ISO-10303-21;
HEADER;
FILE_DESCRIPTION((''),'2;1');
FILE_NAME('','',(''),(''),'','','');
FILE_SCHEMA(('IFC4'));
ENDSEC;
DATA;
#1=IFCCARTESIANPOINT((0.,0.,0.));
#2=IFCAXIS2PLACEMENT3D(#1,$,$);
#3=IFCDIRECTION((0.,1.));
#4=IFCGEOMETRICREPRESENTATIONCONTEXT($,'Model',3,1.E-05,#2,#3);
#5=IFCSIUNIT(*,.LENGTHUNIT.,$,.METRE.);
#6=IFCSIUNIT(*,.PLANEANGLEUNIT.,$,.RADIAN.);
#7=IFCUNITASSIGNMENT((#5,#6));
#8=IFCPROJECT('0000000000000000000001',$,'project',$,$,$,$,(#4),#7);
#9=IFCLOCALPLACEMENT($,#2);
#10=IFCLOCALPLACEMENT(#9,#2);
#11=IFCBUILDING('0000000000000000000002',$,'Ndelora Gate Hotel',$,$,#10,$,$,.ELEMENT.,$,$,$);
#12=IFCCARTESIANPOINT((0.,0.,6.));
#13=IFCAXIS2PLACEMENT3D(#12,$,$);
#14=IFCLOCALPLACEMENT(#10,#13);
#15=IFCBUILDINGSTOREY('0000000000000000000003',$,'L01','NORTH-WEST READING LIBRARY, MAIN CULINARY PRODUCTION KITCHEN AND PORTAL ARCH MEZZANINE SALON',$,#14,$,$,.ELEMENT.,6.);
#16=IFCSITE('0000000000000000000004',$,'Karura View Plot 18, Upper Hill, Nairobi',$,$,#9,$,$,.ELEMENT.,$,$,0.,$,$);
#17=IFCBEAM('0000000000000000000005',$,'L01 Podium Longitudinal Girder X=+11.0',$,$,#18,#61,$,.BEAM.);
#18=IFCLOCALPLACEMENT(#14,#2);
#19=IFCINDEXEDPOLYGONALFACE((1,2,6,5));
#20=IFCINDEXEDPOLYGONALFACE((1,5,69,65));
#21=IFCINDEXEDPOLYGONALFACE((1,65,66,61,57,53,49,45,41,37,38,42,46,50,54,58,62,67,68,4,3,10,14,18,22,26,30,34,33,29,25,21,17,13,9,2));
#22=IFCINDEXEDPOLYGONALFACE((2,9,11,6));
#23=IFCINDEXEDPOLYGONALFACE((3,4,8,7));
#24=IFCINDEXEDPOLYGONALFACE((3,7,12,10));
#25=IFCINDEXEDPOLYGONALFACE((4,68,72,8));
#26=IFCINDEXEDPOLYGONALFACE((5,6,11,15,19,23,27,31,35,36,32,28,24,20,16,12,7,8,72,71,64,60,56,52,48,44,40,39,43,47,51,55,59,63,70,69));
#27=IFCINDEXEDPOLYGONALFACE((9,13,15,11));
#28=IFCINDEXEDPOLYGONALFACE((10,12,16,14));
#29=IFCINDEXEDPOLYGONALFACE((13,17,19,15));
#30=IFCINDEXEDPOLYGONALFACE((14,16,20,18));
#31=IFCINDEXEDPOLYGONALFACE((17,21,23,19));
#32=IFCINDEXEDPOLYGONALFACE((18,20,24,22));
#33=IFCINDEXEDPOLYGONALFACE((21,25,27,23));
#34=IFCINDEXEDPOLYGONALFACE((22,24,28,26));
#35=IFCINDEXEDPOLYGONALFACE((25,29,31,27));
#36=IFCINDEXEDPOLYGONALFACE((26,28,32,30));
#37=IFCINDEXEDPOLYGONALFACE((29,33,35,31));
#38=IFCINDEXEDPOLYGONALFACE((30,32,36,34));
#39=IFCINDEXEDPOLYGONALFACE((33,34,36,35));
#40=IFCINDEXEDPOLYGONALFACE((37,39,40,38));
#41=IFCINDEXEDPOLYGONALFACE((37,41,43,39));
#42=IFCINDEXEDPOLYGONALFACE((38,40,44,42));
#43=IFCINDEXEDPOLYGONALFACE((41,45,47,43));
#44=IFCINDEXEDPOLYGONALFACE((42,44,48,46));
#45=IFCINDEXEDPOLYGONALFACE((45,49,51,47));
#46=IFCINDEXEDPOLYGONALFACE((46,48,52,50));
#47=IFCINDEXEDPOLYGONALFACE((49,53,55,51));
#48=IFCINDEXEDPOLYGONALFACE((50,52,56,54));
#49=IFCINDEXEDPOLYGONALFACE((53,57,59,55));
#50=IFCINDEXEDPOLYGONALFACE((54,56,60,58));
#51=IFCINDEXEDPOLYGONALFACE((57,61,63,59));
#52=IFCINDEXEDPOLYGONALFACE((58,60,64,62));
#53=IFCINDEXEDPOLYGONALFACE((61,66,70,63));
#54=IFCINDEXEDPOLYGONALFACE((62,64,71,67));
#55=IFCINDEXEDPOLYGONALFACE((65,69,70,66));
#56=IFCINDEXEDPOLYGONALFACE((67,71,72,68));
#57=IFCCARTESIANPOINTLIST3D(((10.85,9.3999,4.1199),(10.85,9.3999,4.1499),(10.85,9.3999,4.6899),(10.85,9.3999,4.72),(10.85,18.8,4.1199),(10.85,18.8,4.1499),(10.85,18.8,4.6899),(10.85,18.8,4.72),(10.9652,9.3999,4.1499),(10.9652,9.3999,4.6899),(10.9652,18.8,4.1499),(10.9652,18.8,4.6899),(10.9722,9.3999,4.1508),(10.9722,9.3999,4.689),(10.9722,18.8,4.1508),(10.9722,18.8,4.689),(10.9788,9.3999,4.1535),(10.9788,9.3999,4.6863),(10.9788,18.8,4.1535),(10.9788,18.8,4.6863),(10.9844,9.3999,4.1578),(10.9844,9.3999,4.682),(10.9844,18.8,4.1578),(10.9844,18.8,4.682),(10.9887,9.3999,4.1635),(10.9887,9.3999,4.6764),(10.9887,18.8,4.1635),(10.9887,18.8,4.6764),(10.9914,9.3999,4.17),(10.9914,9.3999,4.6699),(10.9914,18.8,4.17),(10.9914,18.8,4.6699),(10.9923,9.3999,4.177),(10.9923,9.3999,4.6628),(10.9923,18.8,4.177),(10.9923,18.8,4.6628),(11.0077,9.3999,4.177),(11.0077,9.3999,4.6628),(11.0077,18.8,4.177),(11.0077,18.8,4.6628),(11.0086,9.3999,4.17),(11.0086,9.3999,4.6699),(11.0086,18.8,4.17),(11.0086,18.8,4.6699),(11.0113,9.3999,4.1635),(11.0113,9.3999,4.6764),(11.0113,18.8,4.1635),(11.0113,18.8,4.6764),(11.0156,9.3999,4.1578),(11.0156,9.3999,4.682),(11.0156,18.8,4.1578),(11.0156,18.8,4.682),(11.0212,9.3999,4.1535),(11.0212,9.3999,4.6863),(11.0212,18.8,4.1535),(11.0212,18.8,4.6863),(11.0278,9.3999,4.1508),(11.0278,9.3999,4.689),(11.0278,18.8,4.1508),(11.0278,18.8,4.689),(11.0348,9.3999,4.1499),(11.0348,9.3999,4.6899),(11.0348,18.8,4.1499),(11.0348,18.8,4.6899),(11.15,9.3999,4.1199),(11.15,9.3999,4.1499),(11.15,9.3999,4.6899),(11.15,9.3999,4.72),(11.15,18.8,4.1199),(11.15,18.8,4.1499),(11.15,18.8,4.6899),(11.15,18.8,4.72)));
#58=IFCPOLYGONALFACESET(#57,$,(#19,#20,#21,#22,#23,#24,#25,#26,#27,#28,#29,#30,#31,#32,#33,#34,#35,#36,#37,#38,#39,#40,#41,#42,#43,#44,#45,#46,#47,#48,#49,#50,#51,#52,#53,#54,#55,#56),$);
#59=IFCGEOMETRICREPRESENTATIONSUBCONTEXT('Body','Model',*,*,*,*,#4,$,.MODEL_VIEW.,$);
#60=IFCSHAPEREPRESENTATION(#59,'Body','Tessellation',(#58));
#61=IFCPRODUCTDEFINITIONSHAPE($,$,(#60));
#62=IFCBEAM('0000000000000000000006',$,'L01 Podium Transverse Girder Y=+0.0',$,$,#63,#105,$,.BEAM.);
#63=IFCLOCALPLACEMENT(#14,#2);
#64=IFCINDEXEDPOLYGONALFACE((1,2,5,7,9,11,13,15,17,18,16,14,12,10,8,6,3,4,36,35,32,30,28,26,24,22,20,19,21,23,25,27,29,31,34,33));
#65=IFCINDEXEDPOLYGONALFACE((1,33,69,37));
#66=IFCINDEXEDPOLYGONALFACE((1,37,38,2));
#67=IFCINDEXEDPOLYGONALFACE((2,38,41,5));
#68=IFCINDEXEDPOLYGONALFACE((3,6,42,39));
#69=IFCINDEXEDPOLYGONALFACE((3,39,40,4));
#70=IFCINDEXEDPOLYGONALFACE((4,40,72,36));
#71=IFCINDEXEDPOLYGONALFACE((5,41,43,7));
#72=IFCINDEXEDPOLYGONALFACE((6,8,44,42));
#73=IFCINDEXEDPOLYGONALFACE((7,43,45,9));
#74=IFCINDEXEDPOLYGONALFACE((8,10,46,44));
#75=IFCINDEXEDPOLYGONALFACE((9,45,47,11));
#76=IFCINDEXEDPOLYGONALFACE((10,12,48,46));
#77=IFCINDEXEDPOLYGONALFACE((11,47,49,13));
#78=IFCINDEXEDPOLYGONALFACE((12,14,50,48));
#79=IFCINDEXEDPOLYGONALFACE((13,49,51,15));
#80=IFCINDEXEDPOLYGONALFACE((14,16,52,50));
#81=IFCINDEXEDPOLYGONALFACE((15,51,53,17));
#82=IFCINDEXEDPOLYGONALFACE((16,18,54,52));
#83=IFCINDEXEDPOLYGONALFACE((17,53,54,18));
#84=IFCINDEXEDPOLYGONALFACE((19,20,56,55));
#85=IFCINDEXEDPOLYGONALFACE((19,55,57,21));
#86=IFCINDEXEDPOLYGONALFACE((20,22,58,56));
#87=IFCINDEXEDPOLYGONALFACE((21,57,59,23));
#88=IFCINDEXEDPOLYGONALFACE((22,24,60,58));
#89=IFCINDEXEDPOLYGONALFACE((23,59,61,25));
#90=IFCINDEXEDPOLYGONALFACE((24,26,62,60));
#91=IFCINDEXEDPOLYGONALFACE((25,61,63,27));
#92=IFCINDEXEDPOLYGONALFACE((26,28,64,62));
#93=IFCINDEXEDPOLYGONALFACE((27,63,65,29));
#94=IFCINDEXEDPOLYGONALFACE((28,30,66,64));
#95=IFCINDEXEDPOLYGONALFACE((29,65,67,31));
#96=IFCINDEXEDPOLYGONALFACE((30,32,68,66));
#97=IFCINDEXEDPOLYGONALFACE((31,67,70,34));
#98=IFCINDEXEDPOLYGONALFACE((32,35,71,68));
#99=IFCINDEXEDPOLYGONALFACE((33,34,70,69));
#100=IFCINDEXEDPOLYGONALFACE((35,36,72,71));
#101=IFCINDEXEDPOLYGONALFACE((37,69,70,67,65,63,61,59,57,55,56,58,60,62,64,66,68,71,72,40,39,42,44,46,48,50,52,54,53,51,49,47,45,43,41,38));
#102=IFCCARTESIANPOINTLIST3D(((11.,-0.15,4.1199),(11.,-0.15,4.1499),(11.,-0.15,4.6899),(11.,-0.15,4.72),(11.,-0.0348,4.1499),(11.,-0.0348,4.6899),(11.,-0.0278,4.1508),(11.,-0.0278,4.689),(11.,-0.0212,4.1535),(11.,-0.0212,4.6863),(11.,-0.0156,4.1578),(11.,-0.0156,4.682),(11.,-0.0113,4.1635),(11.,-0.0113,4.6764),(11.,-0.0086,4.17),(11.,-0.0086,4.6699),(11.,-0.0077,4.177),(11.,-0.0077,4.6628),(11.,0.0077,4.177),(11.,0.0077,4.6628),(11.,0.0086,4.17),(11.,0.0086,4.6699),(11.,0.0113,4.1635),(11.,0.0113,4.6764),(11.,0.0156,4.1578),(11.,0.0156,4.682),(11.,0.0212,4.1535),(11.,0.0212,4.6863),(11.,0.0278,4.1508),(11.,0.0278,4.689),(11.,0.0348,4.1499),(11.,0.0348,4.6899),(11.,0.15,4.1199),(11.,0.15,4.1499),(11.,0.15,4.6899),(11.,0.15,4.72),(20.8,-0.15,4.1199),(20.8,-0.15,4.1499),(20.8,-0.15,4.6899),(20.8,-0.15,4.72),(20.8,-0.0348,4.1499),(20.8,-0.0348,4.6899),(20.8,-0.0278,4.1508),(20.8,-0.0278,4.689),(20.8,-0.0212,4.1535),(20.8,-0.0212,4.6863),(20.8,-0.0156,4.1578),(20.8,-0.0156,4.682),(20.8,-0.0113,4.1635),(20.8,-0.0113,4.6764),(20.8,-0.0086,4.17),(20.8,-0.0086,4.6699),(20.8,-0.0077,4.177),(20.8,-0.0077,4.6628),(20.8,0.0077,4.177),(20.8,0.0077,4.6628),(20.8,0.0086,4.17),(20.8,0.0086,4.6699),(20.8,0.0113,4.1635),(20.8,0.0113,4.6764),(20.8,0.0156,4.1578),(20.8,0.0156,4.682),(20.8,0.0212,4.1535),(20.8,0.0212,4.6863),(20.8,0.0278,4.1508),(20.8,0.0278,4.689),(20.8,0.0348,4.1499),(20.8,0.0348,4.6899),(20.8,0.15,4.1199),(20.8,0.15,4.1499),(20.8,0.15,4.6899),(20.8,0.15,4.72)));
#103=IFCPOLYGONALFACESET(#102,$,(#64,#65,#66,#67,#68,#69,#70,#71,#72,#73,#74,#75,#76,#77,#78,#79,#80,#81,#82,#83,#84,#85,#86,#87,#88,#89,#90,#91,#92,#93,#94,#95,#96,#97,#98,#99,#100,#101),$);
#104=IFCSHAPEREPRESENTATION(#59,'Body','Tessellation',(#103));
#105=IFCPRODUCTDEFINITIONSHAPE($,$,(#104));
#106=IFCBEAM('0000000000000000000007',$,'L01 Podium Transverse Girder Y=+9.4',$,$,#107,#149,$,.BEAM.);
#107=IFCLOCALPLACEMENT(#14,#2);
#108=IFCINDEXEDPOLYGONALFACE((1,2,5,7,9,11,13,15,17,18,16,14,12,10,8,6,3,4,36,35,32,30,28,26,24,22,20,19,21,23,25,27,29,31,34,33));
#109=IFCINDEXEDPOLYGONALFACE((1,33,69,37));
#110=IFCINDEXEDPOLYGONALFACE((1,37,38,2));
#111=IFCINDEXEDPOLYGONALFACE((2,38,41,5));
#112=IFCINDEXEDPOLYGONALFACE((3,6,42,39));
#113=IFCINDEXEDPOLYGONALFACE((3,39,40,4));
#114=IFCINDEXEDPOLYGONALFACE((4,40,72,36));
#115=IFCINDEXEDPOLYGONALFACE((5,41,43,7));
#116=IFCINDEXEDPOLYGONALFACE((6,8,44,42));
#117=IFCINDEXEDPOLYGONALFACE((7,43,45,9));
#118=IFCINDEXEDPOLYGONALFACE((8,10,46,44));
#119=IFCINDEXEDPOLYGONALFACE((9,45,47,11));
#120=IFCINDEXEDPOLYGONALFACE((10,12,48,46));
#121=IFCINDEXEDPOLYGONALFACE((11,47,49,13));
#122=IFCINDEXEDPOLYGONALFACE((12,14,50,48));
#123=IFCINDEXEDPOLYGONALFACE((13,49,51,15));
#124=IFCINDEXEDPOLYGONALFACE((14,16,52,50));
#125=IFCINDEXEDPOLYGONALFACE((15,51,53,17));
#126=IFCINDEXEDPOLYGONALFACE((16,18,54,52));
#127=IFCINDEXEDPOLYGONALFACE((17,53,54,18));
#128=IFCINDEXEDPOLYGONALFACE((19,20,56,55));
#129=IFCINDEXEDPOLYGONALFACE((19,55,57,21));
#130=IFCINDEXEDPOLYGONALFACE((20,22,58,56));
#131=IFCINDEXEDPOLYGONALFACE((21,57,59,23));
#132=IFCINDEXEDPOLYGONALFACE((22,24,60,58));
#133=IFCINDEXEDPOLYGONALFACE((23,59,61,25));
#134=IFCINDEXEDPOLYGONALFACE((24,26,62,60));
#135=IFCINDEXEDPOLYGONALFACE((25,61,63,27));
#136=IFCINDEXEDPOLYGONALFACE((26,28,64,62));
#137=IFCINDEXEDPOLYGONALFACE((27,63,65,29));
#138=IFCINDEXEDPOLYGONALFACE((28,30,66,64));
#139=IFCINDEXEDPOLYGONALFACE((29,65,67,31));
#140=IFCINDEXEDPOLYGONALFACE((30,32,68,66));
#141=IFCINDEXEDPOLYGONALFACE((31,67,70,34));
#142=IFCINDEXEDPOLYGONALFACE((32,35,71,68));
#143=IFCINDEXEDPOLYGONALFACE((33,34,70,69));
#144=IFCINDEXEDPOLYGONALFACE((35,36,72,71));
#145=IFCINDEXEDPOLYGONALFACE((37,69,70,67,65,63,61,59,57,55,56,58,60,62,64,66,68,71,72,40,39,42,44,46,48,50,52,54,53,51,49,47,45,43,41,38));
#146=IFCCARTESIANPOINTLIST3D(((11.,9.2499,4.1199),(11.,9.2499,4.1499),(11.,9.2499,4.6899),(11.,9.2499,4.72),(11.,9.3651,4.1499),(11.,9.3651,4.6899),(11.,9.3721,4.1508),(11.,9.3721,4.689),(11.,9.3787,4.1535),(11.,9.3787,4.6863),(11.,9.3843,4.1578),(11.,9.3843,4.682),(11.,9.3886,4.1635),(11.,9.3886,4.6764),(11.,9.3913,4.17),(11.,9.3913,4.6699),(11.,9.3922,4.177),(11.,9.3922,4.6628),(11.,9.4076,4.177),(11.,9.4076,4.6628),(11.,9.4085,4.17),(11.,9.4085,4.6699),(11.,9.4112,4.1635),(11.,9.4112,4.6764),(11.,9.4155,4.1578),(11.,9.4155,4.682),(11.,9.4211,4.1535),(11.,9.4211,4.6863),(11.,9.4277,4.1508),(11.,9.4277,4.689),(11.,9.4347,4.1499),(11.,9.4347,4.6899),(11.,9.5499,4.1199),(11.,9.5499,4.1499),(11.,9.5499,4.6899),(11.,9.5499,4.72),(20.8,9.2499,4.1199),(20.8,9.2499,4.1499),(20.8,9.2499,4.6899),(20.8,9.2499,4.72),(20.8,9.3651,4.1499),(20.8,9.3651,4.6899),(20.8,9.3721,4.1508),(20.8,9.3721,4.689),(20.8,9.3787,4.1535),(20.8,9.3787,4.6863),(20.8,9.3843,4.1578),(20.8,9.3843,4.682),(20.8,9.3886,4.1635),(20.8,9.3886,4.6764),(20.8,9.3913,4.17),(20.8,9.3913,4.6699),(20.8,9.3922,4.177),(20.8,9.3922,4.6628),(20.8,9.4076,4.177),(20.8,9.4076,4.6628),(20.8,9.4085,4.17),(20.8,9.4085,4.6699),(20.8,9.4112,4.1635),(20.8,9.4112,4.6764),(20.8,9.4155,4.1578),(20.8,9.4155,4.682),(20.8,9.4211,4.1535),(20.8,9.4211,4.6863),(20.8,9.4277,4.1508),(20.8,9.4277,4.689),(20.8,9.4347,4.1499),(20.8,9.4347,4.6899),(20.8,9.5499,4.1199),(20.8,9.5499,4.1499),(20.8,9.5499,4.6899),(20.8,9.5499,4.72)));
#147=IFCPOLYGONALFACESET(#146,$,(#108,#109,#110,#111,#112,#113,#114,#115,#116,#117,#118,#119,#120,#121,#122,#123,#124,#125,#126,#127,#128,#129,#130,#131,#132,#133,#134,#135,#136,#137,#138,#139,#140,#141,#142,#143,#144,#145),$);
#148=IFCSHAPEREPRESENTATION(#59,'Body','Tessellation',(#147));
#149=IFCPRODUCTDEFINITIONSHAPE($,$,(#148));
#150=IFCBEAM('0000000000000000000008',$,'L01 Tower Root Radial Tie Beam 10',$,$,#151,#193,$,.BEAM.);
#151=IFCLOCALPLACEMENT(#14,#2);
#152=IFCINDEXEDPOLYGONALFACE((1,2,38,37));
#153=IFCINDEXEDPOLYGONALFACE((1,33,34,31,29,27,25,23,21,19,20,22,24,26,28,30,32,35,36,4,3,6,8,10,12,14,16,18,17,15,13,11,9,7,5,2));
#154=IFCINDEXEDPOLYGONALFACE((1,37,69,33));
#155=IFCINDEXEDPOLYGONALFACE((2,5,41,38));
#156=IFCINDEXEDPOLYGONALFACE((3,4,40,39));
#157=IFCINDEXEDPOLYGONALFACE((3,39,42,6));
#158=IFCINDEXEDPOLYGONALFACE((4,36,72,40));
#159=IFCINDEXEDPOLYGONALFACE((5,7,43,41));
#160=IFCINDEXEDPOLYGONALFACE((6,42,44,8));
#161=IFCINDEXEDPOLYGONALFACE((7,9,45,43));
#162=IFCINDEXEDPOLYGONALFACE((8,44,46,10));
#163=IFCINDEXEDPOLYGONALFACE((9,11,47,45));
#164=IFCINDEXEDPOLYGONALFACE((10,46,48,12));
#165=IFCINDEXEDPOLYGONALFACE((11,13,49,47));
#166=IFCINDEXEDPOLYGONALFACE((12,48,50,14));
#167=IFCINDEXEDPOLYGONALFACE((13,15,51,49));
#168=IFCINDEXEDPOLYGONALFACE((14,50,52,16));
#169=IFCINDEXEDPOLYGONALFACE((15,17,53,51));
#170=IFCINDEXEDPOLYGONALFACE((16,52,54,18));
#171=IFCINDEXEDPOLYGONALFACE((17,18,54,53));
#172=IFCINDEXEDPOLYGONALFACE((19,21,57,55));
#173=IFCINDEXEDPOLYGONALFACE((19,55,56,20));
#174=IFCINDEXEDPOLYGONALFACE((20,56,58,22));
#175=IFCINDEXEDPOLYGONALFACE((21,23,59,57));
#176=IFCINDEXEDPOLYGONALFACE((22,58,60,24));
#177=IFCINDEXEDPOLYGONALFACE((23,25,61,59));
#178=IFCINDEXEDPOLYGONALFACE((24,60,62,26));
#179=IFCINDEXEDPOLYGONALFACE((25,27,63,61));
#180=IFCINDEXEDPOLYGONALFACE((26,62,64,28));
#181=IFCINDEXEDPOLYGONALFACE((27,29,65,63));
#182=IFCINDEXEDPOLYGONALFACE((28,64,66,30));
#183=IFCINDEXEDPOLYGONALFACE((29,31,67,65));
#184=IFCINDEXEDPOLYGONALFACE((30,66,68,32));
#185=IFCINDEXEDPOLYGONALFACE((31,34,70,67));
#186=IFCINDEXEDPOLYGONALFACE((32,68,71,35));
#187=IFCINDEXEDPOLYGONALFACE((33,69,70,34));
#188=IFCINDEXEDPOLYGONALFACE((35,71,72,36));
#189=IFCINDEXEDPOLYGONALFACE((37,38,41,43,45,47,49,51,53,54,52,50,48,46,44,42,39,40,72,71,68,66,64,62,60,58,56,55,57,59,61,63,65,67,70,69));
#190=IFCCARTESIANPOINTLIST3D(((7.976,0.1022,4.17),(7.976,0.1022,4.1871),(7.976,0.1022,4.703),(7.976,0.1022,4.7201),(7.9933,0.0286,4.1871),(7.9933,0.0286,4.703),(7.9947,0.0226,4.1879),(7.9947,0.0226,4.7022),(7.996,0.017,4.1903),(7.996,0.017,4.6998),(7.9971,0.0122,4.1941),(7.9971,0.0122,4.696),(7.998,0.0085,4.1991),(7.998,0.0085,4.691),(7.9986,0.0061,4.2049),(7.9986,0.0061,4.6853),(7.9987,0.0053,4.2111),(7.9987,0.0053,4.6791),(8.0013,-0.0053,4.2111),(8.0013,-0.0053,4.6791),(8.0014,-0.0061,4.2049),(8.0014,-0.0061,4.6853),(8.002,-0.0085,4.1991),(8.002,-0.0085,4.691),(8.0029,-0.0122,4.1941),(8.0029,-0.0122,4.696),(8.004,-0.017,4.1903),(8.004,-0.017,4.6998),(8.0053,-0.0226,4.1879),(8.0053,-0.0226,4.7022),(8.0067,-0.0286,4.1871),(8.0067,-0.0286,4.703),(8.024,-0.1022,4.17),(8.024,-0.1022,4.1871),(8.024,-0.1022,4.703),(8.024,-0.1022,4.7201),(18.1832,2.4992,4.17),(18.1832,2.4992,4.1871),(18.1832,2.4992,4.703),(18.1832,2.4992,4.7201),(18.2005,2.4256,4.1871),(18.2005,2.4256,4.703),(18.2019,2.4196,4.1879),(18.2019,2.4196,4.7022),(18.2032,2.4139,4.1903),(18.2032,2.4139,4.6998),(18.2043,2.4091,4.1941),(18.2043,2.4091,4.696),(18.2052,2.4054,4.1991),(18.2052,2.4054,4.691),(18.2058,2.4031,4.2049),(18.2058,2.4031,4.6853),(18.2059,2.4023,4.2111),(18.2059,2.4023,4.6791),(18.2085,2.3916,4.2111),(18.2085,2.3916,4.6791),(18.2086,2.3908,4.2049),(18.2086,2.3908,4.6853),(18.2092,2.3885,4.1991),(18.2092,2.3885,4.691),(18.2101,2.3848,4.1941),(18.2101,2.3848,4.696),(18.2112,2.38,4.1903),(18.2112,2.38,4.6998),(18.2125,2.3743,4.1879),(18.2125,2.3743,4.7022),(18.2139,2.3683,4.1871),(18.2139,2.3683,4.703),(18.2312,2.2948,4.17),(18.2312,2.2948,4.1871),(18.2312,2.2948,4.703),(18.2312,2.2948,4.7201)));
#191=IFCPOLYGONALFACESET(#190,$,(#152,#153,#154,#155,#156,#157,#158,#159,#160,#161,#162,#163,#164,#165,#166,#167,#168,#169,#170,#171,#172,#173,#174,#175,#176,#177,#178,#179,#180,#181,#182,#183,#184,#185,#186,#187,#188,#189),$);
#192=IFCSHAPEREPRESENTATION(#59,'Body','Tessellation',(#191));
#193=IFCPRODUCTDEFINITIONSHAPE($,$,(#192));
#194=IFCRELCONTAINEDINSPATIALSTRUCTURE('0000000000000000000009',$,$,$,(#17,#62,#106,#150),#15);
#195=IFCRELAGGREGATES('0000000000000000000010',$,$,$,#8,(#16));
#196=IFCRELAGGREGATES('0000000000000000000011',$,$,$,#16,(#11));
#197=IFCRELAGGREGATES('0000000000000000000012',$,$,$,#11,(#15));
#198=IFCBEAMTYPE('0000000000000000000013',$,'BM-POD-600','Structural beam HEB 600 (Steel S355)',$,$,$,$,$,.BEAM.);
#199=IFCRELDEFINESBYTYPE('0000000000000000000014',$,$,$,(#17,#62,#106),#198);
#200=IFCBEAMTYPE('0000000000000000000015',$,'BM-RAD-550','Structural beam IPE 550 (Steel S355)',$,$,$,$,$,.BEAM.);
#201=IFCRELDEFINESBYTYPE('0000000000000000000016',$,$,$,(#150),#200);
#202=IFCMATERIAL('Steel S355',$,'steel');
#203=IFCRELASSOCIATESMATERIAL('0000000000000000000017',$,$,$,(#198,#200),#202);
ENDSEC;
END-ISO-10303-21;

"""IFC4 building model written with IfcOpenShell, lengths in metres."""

from ifc_helpers import new_model, si_unit, direction, frame, origin, origin_2d, place, context, subcontext, project, spatial, i_section, extrude, material, material_profile, profile_set, type_object, element, save


model = new_model("IFC4")

# Units and contexts
model_context = context("Model", 3, precision=1e-05, world=origin(), true_north=direction((0.0, 1.0)))
body_context = subcontext(model_context, "Body", "Model", "MODEL_VIEW")
ifc_project = project(units=[si_unit("LENGTHUNIT", "METRE"), si_unit("PLANEANGLEUNIT", "RADIAN")], contexts=[model_context])

# Site, building, storey
site_placement = place(None, origin())
site = spatial("IfcSite", under=ifc_project, at=site_placement, Name="Karura View Plot 18, Upper Hill, Nairobi", CompositionType="ELEMENT", RefElevation=0.0)
building_placement = place(site_placement, origin())
building = spatial("IfcBuilding", under=site, at=building_placement, Name="Ndelora Gate Hotel", CompositionType="ELEMENT")
storey_placement = place(building_placement, frame((0.0, 0.0, 6.0)))
storey = spatial("IfcBuildingStorey", under=building, at=storey_placement, Name="L01", Description="NORTH-WEST READING LIBRARY, MAIN CULINARY PRODUCTION KITCHEN AND PORTAL ARCH MEZZANINE SALON", CompositionType="ELEMENT", Elevation=6.0)

# Beams
ifc_material_1 = material(Name="Steel S355", Category="steel")
ifc_material_profile_1 = material_profile(ifc_material_1, i_section(OverallWidth=0.3, OverallDepth=0.6001, WebThickness=0.0154, FlangeThickness=0.03, FilletRadius=0.0271, at=origin_2d()), Name="HEB 600")
ifc_profile_set_1 = profile_set([ifc_material_profile_1], Name="Steel S355")
beam_type_1 = type_object("IfcBeamType", Name="BM-POD-600", Description="Structural beam HEB 600 (Steel S355)", PredefinedType="BEAM", material=ifc_profile_set_1)
beam_1_placement = place(storey_placement, frame((11.0, 9.3999, 4.4199), z_axis=(0.0, 1.0, 0.0), x_axis=(-1.0, 0.0, 0.0)))
element("IfcBeam", 1, at=beam_1_placement, inside=storey, type_object=beam_type_1, Name="L01 Podium Longitudinal Girder X=+11.0", PredefinedType="BEAM", context=body_context, shape_type="SweptSolid", body=[
    extrude(i_section(OverallWidth=0.3, OverallDepth=0.6001, WebThickness=0.0154, FlangeThickness=0.03, FilletRadius=0.0271, at=origin_2d()), origin(), (0.0, 0.0, 1.0), 9.4001),
])
for number, where, z_axis, x_axis, name in (
    (2, (11.0, 0.0, 4.4199), (1.0, 0.0, 0.0), (0.0, 1.0, 0.0), "L01 Podium Transverse Girder Y=+0.0"),
    (3, (11.0, 9.3999, 4.4199), (1.0, 0.0, 0.0), (0.0, 1.0, 0.0), "L01 Podium Transverse Girder Y=+9.4"),
):
    element("IfcBeam", number, at=place(storey_placement, frame(where, z_axis=z_axis, x_axis=x_axis)), inside=storey, type_object=beam_type_1, Name=name, PredefinedType="BEAM", context=body_context, shape_type="SweptSolid", body=[
        extrude(i_section(OverallWidth=0.3, OverallDepth=0.6001, WebThickness=0.0154, FlangeThickness=0.03, FilletRadius=0.0271, at=origin_2d()), origin(), (0.0, 0.0, 1.0), 9.8),
    ])
ifc_material_profile_2 = material_profile(ifc_material_1, i_section(OverallWidth=0.21, OverallDepth=0.55, WebThickness=0.011, FlangeThickness=0.0171, FilletRadius=0.0239, at=origin_2d()), Name="IPE 550")
ifc_profile_set_2 = profile_set([ifc_material_profile_2], Name="Steel S355")
beam_type_2 = type_object("IfcBeamType", Name="BM-RAD-550", Description="Structural beam IPE 550 (Steel S355)", PredefinedType="BEAM", material=ifc_profile_set_2)
beam_2_placement = place(storey_placement, frame((8.0, 0.0, 4.4451), z_axis=(0.973518, 0.228611, 0.0), x_axis=(-0.228611, 0.973518, 0.0)))
element("IfcBeam", 4, at=beam_2_placement, inside=storey, type_object=beam_type_2, Name="L01 Tower Root Radial Tie Beam 10", PredefinedType="BEAM", context=body_context, shape_type="SweptSolid", body=[
    extrude(i_section(OverallWidth=0.21, OverallDepth=0.55, WebThickness=0.011, FlangeThickness=0.0171, FilletRadius=0.0239, at=origin_2d()), origin(), (0.0, 0.0, 1.0), 10.4849),
])

save(model, "model.ifc")
